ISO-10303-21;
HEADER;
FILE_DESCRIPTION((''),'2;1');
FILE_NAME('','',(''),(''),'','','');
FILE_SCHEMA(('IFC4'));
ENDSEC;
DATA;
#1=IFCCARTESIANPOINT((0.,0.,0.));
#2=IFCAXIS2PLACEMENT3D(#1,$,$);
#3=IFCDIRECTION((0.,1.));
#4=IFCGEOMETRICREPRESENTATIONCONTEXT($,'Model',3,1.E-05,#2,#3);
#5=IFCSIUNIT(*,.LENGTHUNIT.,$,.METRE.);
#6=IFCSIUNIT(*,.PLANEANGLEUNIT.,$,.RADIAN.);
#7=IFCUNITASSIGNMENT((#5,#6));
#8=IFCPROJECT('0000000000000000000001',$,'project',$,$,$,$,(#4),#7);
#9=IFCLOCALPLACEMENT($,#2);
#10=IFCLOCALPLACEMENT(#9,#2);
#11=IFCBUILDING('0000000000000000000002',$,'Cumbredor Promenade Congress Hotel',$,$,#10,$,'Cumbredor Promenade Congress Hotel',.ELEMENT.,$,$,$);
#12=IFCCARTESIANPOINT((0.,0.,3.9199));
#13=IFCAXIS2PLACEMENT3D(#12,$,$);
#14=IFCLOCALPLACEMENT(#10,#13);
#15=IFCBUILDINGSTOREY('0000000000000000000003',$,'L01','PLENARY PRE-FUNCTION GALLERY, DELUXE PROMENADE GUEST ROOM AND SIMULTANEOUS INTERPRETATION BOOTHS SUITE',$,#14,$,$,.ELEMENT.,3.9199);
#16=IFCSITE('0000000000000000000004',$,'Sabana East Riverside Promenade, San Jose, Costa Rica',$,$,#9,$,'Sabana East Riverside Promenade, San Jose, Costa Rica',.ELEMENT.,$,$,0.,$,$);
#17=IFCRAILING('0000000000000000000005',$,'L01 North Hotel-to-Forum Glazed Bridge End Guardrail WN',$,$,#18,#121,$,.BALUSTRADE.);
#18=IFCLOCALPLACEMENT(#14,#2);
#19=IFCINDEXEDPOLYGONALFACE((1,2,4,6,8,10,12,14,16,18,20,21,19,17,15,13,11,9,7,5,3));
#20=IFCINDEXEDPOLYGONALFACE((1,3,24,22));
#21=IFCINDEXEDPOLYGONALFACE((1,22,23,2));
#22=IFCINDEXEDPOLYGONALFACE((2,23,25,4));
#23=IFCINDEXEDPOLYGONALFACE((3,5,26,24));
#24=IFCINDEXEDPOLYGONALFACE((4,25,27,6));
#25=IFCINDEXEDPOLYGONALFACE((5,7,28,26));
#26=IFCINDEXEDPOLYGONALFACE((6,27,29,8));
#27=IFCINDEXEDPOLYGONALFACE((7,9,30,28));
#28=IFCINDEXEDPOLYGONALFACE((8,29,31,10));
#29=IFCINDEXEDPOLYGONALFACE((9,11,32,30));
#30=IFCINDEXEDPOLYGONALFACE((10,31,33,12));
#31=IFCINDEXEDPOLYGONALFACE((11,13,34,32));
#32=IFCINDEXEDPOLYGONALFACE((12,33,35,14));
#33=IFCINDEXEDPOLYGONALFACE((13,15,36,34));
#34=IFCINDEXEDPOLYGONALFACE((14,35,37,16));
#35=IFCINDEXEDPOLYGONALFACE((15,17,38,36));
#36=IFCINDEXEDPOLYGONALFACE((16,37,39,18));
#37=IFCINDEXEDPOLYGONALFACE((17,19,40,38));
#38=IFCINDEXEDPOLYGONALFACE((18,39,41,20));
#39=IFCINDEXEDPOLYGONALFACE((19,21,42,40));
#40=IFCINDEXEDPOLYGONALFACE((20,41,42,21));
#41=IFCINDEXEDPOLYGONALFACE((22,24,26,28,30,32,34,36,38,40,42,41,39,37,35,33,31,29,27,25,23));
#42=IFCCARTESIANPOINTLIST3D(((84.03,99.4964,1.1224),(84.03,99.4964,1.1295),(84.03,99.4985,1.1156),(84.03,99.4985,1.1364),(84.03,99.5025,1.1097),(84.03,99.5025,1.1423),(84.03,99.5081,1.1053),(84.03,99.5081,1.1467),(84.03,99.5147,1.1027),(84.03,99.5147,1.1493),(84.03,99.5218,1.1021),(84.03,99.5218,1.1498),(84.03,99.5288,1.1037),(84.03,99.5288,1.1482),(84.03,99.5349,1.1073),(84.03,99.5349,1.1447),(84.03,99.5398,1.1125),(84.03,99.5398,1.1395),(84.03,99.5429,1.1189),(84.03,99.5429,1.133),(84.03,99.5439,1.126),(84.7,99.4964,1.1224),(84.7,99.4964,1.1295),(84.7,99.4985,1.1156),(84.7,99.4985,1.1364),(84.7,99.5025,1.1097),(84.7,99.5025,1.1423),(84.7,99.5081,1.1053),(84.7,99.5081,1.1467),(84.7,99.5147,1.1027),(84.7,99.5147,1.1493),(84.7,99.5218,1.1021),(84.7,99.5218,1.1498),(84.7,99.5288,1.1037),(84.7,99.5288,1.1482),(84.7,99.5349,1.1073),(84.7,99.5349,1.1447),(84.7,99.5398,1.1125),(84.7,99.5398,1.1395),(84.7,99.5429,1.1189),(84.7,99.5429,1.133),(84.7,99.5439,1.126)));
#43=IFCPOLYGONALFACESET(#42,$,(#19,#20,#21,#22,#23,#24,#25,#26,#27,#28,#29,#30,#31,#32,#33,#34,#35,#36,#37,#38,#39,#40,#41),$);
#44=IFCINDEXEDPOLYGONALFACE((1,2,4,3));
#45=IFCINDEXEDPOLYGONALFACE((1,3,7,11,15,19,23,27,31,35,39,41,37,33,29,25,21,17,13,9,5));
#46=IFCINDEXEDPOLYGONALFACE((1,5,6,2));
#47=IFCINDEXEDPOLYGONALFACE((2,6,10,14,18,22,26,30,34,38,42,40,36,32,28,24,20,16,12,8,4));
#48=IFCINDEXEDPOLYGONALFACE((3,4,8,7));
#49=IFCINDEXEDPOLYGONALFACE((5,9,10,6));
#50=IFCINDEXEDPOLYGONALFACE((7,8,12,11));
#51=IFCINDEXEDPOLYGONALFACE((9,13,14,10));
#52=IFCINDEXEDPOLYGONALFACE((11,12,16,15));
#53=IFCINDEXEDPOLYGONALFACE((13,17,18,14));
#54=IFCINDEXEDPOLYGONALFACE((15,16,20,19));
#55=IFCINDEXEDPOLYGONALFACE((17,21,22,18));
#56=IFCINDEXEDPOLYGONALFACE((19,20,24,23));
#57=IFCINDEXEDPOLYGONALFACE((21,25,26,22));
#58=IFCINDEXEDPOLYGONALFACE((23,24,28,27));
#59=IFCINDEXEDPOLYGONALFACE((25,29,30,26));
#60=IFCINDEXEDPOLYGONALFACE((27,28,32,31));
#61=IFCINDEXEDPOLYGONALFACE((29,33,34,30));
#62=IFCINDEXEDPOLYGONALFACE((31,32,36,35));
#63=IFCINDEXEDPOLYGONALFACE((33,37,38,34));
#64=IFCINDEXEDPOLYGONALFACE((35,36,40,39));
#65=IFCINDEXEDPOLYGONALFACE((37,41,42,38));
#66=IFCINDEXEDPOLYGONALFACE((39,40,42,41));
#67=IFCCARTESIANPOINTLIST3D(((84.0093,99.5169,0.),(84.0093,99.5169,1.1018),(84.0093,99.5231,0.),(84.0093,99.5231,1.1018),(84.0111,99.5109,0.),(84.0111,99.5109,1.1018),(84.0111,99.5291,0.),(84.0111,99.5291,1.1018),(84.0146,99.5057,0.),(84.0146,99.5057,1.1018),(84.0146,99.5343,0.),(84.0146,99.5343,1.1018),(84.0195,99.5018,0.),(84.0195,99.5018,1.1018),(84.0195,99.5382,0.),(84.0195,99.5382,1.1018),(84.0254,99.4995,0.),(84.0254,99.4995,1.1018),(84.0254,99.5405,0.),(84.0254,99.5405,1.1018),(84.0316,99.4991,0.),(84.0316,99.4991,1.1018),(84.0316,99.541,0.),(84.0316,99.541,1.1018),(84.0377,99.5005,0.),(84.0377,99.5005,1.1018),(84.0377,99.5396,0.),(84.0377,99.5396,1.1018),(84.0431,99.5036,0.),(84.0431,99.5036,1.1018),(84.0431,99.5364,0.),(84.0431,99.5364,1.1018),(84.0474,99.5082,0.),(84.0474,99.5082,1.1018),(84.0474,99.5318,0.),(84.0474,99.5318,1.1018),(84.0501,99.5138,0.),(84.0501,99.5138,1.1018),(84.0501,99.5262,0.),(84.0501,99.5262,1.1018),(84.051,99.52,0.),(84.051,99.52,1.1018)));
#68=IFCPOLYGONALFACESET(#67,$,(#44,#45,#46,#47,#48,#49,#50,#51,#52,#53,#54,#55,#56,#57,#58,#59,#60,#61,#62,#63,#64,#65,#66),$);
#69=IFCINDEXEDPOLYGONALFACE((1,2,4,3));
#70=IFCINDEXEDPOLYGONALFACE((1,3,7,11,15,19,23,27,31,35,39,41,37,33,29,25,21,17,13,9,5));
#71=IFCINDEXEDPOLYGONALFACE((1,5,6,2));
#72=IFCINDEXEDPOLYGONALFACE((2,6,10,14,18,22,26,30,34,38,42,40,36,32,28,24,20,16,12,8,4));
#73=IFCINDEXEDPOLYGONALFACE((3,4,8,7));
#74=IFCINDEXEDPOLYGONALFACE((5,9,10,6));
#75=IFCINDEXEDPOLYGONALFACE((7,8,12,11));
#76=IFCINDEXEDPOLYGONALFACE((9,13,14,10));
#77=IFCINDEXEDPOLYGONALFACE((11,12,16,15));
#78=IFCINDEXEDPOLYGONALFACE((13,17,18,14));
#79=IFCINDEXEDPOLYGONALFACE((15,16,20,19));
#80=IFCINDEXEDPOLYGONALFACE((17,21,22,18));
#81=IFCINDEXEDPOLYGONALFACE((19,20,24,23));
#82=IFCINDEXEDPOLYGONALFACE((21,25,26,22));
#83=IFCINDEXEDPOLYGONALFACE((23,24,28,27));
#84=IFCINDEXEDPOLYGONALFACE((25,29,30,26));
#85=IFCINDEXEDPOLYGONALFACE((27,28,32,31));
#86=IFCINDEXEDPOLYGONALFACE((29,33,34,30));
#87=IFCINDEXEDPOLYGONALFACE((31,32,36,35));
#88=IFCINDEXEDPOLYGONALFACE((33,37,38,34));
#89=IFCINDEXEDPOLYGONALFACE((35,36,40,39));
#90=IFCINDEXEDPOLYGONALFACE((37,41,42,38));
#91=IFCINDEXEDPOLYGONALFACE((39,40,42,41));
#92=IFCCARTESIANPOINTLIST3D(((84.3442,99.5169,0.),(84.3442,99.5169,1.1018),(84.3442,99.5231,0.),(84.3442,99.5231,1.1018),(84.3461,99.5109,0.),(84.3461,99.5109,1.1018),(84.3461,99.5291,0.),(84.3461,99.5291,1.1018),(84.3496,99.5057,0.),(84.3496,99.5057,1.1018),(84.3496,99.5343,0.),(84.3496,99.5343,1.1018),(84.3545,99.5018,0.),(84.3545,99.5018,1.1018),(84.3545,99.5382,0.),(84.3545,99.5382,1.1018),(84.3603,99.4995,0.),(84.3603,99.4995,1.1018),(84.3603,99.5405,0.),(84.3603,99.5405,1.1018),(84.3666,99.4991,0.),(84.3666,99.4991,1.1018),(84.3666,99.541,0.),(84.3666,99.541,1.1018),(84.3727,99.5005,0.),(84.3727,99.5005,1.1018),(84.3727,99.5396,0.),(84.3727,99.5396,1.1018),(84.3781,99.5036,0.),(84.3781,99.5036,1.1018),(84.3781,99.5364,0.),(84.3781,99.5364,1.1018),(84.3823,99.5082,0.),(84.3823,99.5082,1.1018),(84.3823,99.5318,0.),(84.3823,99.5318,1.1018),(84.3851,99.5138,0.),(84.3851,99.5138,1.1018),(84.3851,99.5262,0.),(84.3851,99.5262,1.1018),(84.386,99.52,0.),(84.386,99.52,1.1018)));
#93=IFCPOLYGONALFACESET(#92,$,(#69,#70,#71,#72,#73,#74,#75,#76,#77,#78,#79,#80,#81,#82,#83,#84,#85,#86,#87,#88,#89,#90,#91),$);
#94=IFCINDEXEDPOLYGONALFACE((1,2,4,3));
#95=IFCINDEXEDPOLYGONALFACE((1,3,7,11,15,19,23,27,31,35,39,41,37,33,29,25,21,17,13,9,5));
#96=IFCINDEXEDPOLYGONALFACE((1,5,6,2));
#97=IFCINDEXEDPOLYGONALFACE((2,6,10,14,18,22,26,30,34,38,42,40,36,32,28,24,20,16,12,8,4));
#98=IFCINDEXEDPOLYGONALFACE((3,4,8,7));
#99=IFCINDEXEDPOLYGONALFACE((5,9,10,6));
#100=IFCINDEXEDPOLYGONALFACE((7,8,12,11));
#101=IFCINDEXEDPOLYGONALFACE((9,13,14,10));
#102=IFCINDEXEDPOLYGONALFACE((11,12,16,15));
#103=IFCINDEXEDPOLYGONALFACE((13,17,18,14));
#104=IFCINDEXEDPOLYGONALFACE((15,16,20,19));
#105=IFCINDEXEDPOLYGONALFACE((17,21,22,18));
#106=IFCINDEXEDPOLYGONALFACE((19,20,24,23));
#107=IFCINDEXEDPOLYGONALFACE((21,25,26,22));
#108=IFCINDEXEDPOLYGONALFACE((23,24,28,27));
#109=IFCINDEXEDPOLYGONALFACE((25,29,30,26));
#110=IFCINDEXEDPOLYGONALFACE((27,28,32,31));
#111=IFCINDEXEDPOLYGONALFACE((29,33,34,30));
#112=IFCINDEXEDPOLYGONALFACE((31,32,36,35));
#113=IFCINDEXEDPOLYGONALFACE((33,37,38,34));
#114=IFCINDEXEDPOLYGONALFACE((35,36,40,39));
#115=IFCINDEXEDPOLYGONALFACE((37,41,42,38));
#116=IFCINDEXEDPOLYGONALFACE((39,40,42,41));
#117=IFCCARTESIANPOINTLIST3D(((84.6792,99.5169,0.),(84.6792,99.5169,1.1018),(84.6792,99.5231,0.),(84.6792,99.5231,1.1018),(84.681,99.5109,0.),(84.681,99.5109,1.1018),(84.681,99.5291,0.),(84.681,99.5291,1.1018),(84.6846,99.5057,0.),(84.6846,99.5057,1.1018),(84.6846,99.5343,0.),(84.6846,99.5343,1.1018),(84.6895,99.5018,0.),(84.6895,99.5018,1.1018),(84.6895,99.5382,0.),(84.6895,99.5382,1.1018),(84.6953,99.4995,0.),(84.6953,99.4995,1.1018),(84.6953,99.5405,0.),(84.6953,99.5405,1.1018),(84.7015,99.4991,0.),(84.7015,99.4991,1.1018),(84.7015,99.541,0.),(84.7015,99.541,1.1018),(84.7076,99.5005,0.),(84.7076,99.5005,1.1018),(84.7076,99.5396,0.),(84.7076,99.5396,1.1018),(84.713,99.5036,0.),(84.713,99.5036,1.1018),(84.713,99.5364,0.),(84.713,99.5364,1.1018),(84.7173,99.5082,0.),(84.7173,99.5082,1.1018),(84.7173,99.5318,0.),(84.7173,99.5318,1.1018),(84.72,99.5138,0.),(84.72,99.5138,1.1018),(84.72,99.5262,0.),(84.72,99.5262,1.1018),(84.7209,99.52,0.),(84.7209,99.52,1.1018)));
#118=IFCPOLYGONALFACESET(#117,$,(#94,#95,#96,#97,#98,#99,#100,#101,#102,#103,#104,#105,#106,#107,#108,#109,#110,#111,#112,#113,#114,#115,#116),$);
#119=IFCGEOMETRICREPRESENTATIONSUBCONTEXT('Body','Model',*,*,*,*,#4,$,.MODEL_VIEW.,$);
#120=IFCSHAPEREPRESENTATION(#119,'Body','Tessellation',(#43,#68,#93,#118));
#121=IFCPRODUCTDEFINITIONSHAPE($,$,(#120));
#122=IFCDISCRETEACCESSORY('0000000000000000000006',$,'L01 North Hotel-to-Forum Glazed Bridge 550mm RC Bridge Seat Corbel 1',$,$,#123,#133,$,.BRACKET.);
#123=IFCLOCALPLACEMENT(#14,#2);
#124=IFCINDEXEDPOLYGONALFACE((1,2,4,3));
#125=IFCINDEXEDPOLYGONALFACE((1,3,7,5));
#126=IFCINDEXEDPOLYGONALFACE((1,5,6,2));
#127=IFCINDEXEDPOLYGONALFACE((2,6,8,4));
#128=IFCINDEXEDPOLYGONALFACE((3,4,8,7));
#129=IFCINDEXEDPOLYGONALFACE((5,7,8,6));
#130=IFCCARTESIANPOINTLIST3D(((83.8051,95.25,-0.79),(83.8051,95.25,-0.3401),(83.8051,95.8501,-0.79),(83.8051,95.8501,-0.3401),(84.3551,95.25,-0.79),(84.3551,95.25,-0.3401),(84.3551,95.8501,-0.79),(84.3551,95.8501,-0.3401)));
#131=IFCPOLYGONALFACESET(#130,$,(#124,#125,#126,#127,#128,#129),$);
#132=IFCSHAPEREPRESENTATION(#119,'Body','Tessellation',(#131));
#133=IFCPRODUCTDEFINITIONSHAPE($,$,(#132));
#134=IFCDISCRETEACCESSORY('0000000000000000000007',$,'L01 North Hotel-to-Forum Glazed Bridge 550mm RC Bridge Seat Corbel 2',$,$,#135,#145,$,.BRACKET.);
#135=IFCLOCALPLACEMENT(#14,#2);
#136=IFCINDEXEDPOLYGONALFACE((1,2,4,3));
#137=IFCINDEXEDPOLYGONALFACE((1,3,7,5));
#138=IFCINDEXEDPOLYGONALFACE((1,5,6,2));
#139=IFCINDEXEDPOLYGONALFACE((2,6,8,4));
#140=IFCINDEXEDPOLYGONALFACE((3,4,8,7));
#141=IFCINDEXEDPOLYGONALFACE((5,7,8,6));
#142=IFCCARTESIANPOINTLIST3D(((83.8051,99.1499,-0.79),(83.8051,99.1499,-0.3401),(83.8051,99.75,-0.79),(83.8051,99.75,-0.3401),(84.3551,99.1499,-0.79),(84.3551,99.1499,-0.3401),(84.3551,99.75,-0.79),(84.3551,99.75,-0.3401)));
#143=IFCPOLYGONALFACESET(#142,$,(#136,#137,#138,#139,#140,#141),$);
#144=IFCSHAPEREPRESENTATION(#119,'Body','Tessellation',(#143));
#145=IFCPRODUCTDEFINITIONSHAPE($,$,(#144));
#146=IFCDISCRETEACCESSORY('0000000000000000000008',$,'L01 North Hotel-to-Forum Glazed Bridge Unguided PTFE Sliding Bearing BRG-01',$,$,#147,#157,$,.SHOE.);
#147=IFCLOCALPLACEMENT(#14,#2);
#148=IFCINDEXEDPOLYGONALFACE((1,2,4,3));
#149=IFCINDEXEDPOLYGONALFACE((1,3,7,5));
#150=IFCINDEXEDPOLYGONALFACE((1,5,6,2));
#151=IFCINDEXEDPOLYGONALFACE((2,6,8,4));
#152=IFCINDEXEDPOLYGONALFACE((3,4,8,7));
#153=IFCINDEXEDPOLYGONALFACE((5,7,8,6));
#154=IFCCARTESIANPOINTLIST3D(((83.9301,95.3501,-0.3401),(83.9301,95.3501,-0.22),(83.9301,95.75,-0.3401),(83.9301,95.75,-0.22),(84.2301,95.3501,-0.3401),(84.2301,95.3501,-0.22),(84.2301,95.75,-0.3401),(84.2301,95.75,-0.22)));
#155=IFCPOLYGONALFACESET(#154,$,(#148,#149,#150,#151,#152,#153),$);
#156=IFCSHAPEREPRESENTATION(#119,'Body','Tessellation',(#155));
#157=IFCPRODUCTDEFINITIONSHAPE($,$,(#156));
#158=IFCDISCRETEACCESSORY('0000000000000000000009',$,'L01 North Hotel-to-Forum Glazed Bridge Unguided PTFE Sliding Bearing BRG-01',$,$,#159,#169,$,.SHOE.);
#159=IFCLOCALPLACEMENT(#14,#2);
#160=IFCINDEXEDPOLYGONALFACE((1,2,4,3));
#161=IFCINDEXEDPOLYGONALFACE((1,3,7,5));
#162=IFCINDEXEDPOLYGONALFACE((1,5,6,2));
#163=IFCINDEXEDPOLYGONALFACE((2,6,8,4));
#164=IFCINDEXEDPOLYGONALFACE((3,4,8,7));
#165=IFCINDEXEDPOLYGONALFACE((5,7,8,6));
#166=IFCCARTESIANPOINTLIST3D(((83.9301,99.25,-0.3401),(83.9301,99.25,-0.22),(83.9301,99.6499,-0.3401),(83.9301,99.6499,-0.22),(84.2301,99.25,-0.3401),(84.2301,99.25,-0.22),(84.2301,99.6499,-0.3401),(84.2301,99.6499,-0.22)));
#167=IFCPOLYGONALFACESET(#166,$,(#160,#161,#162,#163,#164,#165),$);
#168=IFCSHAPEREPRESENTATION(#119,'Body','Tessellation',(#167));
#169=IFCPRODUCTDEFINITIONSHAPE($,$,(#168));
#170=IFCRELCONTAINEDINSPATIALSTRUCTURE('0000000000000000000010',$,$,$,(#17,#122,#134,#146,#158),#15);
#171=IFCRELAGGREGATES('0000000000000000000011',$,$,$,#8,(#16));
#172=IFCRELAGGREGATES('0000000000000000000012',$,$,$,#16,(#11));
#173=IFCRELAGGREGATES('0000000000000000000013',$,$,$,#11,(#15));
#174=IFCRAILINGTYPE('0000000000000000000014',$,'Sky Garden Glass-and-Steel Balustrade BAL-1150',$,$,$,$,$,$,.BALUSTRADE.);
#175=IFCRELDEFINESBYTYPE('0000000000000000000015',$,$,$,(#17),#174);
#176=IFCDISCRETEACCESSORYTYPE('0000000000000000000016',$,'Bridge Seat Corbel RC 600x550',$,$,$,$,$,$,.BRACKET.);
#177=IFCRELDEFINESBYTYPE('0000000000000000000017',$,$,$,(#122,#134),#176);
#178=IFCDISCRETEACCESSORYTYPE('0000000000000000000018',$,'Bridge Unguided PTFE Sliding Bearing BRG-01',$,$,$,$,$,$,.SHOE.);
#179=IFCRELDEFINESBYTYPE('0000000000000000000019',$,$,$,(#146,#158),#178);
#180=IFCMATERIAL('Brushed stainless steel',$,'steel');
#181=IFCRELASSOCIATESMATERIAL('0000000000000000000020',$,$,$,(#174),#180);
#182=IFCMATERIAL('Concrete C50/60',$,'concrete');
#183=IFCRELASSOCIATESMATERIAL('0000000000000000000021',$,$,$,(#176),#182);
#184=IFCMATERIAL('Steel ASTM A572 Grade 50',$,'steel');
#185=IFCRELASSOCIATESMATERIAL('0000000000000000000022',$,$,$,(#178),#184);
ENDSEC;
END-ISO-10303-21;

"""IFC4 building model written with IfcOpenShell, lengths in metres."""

from ifc_helpers import new_model, si_unit, direction, frame, origin, origin_2d, place, context, subcontext, project, spatial, rectangle, circle, extrude, material, type_object, element, save


model = new_model("IFC4")

# Units and contexts
model_context = context("Model", 3, precision=1e-05, world=origin(), true_north=direction((0.0, 1.0)))
body_context = subcontext(model_context, "Body", "Model", "MODEL_VIEW")
ifc_project = project(units=[si_unit("LENGTHUNIT", "METRE"), si_unit("PLANEANGLEUNIT", "RADIAN")], contexts=[model_context])

# Site, building, storey
site_placement = place(None, origin())
site = spatial("IfcSite", under=ifc_project, at=site_placement, Name="Sabana East Riverside Promenade, San Jose, Costa Rica", LongName="Sabana East Riverside Promenade, San Jose, Costa Rica", CompositionType="ELEMENT", RefElevation=0.0)
building_placement = place(site_placement, origin())
building = spatial("IfcBuilding", under=site, at=building_placement, Name="Cumbredor Promenade Congress Hotel", LongName="Cumbredor Promenade Congress Hotel", CompositionType="ELEMENT")
storey_placement = place(building_placement, frame((0.0, 0.0, 3.9199)))
storey = spatial("IfcBuildingStorey", under=building, at=storey_placement, Name="L01", Description="PLENARY PRE-FUNCTION GALLERY, DELUXE PROMENADE GUEST ROOM AND SIMULTANEOUS INTERPRETATION BOOTHS SUITE", CompositionType="ELEMENT", Elevation=3.9199)

# Shared definitions
ifc_material_1 = material(Name="Steel ASTM A572 Grade 50", Category="steel")

# Railing
ifc_material_2 = material(Name="Brushed stainless steel", Category="steel")
railing_type = type_object("IfcRailingType", Name="Sky Garden Glass-and-Steel Balustrade BAL-1150", PredefinedType="BALUSTRADE", material=ifc_material_2)
for number, where, name in (
    (1, (84.03, 99.52, 0.0), "L01 North Hotel-to-Forum Glazed Bridge End Guardrail WN"),
):
    element("IfcRailing", number, at=place(storey_placement, frame(where)), inside=storey, type_object=railing_type, Name=name, PredefinedType="BALUSTRADE", context=body_context, shape_type="SweptSolid", body=[
        extrude(circle(Radius=0.0239, at=origin_2d()), frame((0.0, 0.0, 1.126), z_axis=(1.0, 0.0, 0.0), x_axis=(0.0, 1.0, 0.0)), (0.0, 0.0, 1.0), 0.6699),
        extrude(circle(Radius=0.021, at=origin_2d()), origin(), (0.0, 0.0, 1.0), 1.1018),
        extrude(circle(Radius=0.021, at=origin_2d()), frame((0.335, 0.0, 0.0)), (0.0, 0.0, 1.0), 1.1018),
        extrude(circle(Radius=0.021, at=origin_2d()), frame((0.6699, 0.0, 0.0)), (0.0, 0.0, 1.0), 1.1018),
    ])

# Discrete accessories
ifc_material_3 = material(Name="Concrete C50/60", Category="concrete")
discrete_accessory_type_1 = type_object("IfcDiscreteAccessoryType", Name="Bridge Seat Corbel RC 600x550", PredefinedType="BRACKET", material=ifc_material_3)
for number, where, z_axis, x_axis, name in (
    (2, (84.0801, 95.55, -0.79), (0.0, 0.0, 1.0), (1.0, 0.0, 0.0), "L01 North Hotel-to-Forum Glazed Bridge 550mm RC Bridge Seat Corbel 1"),
    (3, (84.0801, 99.45, -0.79), (0.0, 0.0, 1.0), (1.0, 0.0, 0.0), "L01 North Hotel-to-Forum Glazed Bridge 550mm RC Bridge Seat Corbel 2"),
):
    element("IfcDiscreteAccessory", number, at=place(storey_placement, frame(where, z_axis=z_axis, x_axis=x_axis)), inside=storey, type_object=discrete_accessory_type_1, Name=name, PredefinedType="BRACKET", context=body_context, shape_type="SweptSolid", body=[
        extrude(rectangle(XDim=0.55, YDim=0.6001, at=origin_2d()), origin(), (0.0, 0.0, 1.0), 0.45),
    ])
discrete_accessory_type_2 = type_object("IfcDiscreteAccessoryType", Name="Bridge Unguided PTFE Sliding Bearing BRG-01", PredefinedType="SHOE", material=ifc_material_1)
for number, where, z_axis, x_axis, name in (
    (4, (84.0801, 95.55, -0.3401), (0.0, 0.0, 1.0), (1.0, 0.0, 0.0), "L01 North Hotel-to-Forum Glazed Bridge Unguided PTFE Sliding Bearing BRG-01"),
    (5, (84.0801, 99.45, -0.3401), (0.0, 0.0, 1.0), (1.0, 0.0, 0.0), "L01 North Hotel-to-Forum Glazed Bridge Unguided PTFE Sliding Bearing BRG-01"),
):
    element("IfcDiscreteAccessory", number, at=place(storey_placement, frame(where, z_axis=z_axis, x_axis=x_axis)), inside=storey, type_object=discrete_accessory_type_2, Name=name, PredefinedType="SHOE", context=body_context, shape_type="SweptSolid", body=[
        extrude(rectangle(XDim=0.3, YDim=0.3999, at=origin_2d()), origin(), (0.0, 0.0, 1.0), 0.1201),
    ])

save(model, "model.ifc")
